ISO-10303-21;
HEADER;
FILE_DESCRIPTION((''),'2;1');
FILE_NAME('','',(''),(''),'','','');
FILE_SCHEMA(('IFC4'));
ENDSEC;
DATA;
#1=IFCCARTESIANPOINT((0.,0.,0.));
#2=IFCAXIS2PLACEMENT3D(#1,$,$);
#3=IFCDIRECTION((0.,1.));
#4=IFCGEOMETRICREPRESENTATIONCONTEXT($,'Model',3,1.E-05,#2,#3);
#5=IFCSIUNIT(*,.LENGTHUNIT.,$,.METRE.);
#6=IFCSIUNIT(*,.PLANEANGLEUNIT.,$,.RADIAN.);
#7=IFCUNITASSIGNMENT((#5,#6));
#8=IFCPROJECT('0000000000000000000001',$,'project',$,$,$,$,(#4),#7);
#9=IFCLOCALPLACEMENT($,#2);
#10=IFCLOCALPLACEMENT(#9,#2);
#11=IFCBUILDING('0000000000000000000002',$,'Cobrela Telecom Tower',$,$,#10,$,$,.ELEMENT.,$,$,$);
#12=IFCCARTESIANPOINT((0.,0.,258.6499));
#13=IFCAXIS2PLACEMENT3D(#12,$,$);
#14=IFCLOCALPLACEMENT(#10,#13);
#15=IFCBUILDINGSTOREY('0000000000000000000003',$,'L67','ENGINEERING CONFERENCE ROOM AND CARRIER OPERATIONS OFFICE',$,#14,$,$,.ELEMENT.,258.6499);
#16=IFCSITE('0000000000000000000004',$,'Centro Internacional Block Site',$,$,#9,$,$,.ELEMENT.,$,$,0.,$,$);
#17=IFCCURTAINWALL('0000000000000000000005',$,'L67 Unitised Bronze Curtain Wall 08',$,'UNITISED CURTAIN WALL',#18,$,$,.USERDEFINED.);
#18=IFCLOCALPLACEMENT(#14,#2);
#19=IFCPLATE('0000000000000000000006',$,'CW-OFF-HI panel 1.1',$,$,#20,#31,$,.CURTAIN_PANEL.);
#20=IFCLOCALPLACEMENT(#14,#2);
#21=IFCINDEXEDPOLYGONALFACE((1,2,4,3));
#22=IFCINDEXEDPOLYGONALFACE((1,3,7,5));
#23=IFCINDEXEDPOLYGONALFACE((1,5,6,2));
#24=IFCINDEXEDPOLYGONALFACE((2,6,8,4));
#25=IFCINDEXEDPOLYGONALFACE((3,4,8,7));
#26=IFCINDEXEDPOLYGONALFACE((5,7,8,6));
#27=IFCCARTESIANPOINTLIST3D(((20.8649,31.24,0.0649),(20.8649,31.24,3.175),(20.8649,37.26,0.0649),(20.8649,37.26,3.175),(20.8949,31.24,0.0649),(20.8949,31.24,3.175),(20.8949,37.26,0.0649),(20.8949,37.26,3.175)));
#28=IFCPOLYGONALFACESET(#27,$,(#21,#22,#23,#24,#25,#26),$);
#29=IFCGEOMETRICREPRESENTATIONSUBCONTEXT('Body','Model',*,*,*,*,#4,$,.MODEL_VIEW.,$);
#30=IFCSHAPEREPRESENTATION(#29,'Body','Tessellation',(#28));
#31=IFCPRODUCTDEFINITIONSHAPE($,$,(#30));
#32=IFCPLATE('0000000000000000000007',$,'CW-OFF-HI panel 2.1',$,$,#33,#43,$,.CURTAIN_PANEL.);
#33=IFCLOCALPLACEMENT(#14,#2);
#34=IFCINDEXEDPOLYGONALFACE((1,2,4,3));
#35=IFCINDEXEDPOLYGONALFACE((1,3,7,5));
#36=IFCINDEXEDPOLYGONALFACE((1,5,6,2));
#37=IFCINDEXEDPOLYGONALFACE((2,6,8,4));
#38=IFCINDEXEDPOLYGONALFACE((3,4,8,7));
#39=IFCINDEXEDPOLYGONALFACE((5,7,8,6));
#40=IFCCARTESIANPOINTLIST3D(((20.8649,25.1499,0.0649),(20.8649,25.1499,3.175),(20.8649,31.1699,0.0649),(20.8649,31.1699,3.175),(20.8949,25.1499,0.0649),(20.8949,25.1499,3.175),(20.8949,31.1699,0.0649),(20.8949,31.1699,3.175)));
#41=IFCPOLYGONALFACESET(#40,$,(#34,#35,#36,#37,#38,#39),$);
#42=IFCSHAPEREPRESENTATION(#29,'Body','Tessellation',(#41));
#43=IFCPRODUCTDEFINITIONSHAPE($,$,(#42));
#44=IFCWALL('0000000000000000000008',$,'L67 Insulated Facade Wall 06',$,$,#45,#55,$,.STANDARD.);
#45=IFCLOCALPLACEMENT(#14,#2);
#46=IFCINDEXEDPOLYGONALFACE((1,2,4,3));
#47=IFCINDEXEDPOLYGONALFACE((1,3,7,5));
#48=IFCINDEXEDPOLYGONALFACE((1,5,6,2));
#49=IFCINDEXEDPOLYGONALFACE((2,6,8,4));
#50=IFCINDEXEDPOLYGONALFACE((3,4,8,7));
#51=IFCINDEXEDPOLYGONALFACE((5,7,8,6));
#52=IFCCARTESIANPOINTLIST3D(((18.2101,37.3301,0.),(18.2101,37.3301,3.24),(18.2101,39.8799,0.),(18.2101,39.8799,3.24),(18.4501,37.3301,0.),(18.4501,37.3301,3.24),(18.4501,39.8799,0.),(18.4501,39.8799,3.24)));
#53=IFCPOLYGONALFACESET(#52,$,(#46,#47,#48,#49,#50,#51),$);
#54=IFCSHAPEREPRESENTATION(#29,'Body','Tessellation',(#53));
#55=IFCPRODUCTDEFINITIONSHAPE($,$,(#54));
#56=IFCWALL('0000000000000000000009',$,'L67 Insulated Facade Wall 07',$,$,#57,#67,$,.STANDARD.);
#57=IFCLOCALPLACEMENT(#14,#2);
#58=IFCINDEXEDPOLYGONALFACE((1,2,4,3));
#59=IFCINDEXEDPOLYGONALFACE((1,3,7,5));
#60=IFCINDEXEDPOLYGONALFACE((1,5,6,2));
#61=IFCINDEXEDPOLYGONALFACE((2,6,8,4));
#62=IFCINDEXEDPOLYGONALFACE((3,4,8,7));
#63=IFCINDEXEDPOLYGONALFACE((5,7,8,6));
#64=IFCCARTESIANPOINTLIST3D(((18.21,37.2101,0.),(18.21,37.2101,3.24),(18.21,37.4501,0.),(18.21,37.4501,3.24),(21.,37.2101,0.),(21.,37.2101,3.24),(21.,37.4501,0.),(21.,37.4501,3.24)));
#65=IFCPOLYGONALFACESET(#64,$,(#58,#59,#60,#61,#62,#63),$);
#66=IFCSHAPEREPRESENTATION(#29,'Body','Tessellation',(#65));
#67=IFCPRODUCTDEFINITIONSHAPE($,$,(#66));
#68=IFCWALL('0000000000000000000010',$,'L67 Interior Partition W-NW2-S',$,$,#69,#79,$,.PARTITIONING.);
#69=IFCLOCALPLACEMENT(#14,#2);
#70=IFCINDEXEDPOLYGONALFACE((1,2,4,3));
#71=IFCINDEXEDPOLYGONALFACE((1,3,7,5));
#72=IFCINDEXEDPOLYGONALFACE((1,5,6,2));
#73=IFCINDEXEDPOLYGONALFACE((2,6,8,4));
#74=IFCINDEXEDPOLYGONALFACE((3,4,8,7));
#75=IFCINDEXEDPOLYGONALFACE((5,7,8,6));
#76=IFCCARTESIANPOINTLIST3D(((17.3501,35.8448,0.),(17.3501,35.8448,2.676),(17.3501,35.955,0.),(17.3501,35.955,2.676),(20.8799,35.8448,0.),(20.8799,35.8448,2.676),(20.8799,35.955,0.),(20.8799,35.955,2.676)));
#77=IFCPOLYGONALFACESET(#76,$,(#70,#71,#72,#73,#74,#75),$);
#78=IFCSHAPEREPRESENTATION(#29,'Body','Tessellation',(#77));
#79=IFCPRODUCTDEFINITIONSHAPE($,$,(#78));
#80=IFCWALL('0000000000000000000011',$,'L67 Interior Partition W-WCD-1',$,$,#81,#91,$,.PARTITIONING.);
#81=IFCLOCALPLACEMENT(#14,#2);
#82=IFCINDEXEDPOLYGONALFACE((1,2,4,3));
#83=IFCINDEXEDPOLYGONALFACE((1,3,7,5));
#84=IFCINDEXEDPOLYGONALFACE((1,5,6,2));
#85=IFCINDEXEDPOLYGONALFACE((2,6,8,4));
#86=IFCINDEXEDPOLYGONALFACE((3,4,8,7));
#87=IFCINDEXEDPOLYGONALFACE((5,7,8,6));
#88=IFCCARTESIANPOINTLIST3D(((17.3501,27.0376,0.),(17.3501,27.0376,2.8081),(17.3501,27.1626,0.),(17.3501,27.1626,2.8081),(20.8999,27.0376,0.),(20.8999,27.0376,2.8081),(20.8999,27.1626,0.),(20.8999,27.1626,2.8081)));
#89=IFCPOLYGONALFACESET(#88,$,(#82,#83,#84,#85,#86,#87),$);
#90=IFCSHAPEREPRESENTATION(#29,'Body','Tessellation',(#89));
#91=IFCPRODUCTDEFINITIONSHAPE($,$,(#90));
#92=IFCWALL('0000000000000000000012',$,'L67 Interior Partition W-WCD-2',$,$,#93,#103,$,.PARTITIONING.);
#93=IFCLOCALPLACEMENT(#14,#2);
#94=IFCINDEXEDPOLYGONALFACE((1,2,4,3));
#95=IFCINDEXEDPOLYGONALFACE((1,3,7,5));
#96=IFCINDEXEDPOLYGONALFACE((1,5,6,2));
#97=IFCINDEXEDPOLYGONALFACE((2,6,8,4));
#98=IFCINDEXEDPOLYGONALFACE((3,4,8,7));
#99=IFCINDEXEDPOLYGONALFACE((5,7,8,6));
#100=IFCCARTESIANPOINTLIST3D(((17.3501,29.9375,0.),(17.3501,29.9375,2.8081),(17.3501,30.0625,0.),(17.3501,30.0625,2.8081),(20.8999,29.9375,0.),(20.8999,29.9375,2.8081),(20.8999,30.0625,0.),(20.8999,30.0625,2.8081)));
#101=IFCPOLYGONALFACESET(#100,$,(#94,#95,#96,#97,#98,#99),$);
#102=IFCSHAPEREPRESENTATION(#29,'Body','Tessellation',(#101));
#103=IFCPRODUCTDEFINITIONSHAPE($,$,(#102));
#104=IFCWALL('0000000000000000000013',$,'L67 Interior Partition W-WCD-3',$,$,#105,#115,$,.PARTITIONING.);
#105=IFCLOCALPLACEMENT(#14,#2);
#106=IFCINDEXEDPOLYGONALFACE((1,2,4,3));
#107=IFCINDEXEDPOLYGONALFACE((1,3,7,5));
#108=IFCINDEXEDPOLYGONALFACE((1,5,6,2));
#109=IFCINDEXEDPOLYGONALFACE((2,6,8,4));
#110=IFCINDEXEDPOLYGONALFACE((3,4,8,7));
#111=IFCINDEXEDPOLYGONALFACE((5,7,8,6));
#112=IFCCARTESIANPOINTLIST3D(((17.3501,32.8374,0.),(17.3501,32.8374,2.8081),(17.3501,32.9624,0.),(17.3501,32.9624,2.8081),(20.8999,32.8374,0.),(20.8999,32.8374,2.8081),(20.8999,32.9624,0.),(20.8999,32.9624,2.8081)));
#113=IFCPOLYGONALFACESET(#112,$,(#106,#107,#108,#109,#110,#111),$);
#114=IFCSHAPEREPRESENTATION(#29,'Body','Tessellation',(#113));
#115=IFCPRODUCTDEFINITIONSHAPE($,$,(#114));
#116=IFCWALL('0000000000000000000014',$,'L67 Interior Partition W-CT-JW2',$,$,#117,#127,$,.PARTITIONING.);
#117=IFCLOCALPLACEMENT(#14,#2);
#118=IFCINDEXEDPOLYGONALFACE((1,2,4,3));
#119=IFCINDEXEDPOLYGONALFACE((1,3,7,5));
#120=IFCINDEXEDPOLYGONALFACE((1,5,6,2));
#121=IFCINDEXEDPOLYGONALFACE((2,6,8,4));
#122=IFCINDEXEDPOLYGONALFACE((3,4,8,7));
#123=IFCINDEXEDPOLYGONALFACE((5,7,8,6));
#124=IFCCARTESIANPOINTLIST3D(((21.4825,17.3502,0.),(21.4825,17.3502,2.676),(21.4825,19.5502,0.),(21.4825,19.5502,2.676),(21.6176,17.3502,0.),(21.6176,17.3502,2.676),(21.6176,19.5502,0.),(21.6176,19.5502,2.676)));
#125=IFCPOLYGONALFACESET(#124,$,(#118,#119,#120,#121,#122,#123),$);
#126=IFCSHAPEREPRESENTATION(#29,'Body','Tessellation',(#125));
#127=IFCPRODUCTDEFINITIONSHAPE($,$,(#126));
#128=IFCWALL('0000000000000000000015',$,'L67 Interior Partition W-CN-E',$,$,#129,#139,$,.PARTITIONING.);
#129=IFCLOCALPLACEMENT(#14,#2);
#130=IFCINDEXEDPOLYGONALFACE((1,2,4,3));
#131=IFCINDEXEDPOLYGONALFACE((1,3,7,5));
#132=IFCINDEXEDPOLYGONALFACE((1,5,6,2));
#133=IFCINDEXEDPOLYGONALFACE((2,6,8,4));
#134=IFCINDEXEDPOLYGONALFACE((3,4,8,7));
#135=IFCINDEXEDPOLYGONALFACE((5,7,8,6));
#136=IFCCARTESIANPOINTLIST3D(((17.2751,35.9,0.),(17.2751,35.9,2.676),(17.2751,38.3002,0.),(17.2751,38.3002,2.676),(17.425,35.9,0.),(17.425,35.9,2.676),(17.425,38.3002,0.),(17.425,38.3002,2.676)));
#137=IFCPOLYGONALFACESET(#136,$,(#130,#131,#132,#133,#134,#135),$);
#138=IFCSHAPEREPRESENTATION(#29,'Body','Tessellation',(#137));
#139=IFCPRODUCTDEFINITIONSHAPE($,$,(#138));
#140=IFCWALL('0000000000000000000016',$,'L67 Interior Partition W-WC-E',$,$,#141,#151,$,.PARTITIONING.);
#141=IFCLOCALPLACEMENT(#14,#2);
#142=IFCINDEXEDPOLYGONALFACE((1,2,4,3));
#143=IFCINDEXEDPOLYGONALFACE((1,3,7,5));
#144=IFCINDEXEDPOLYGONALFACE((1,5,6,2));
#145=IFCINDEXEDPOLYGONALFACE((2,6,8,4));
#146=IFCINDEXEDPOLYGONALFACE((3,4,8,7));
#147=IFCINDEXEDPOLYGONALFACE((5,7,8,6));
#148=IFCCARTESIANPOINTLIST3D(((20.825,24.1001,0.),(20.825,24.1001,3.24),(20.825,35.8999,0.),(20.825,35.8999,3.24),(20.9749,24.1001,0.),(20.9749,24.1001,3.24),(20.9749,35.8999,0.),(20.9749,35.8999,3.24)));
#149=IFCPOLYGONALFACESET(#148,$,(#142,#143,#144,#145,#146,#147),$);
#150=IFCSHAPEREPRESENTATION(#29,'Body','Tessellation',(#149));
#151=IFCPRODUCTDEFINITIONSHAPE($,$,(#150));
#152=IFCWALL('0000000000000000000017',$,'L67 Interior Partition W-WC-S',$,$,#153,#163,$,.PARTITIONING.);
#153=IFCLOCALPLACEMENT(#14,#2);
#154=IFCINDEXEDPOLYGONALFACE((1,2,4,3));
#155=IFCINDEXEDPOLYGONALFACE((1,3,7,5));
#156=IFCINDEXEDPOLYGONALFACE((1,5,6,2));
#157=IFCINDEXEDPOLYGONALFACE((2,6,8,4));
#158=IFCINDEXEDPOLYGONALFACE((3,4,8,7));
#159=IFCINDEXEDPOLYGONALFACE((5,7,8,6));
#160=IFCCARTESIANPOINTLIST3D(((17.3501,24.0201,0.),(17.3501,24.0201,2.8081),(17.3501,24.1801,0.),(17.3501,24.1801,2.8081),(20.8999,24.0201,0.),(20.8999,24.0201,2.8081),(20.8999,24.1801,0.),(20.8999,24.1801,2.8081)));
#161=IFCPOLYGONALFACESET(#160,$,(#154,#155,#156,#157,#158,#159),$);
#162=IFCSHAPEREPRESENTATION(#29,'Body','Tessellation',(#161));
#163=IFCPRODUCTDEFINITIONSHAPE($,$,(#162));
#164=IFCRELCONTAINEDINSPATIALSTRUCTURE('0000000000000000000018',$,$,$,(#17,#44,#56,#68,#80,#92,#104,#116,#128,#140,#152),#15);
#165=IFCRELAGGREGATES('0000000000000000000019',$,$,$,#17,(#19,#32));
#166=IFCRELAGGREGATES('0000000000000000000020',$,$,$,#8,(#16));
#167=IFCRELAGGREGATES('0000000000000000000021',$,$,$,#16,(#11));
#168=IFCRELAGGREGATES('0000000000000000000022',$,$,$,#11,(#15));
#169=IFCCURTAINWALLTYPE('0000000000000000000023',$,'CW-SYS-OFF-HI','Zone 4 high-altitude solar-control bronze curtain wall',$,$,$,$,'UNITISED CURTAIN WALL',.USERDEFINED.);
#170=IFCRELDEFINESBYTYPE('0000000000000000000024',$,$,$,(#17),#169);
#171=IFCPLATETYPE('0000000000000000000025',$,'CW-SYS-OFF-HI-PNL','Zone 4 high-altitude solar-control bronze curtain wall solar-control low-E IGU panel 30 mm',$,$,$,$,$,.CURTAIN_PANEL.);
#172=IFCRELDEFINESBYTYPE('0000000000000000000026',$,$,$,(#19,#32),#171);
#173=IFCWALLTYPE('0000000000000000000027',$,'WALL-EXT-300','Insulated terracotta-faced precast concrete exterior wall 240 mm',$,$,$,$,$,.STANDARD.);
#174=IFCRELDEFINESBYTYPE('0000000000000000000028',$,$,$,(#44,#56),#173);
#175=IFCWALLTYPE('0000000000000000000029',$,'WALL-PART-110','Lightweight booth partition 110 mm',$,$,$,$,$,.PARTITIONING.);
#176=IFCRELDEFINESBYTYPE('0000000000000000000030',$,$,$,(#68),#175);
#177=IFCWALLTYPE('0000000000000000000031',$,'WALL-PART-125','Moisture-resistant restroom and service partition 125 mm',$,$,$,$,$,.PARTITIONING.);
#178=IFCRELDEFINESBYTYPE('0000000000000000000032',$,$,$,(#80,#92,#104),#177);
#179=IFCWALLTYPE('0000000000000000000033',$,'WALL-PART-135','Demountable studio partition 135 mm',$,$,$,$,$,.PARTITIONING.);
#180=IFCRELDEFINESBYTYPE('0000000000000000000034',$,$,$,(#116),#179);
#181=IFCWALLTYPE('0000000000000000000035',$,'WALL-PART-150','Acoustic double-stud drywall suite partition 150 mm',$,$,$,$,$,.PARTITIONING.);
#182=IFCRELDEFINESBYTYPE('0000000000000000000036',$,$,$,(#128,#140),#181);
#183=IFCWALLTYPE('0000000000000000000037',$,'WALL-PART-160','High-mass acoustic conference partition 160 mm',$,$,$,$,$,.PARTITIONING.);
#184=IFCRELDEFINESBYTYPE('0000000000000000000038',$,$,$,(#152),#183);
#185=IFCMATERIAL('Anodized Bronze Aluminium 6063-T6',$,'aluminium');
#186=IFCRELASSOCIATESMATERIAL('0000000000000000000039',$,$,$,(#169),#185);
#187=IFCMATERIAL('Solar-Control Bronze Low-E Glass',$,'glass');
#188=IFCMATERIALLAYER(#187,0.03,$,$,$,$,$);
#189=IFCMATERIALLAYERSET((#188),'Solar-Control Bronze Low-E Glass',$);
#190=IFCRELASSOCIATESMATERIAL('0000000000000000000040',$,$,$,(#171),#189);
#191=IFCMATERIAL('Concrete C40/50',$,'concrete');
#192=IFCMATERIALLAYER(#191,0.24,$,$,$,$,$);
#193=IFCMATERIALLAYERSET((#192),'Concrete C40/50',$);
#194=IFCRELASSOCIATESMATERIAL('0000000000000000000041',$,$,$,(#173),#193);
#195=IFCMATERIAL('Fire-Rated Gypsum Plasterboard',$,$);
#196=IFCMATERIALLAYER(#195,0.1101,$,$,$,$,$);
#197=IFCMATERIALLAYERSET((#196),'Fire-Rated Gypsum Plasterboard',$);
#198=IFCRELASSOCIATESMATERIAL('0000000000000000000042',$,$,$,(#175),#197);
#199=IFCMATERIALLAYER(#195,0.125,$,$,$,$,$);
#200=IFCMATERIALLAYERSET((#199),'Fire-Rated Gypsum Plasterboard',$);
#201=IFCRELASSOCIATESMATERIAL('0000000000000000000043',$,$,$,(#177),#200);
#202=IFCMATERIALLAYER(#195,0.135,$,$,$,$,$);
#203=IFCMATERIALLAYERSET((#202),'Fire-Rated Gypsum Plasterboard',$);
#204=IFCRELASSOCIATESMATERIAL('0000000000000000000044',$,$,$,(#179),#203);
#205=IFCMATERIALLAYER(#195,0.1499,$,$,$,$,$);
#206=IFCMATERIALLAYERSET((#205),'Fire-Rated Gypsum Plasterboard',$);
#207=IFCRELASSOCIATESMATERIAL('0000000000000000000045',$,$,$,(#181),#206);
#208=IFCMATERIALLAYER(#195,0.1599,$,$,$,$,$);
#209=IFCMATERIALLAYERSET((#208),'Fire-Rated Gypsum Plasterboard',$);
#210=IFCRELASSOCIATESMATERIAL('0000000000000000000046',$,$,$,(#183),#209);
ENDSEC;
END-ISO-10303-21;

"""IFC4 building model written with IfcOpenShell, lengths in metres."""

from ifc_helpers import new_model, si_unit, direction, frame, frame_2d, origin, origin_2d, place, context, subcontext, project, spatial, rectangle, extrude, material, layer, layer_set, type_object, element, aggregate, save


model = new_model("IFC4")

# Units and contexts
model_context = context("Model", 3, precision=1e-05, world=origin(), true_north=direction((0.0, 1.0)))
body_context = subcontext(model_context, "Body", "Model", "MODEL_VIEW")
ifc_project = project(units=[si_unit("LENGTHUNIT", "METRE"), si_unit("PLANEANGLEUNIT", "RADIAN")], contexts=[model_context])

# Site, building, storey
site_placement = place(None, origin())
site = spatial("IfcSite", under=ifc_project, at=site_placement, Name="Centro Internacional Block Site", CompositionType="ELEMENT", RefElevation=0.0)
building_placement = place(site_placement, origin())
building = spatial("IfcBuilding", under=site, at=building_placement, Name="Cobrela Telecom Tower", CompositionType="ELEMENT")
storey_placement = place(building_placement, frame((0.0, 0.0, 258.6499)))
storey = spatial("IfcBuildingStorey", under=building, at=storey_placement, Name="L67", Description="ENGINEERING CONFERENCE ROOM AND CARRIER OPERATIONS OFFICE", CompositionType="ELEMENT", Elevation=258.6499)

# Shared definitions
ifc_material_1 = material(Name="Anodized Bronze Aluminium 6063-T6", Category="aluminium")
curtain_wall_type = type_object("IfcCurtainWallType", Name="CW-SYS-OFF-HI", Description="Zone 4 high-altitude solar-control bronze curtain wall", ElementType="UNITISED CURTAIN WALL", PredefinedType="USERDEFINED", material=ifc_material_1)

# Curtain wall
curtain_wall_1_placement = place(storey_placement, origin())
curtain_wall_1 = element("IfcCurtainWall", 1, at=curtain_wall_1_placement, inside=storey, type_object=curtain_wall_type, Name="L67 Unitised Bronze Curtain Wall 08", ObjectType="UNITISED CURTAIN WALL", PredefinedType="USERDEFINED")

# Plates
ifc_material_2 = material(Name="Solar-Control Bronze Low-E Glass", Category="glass")
ifc_layer_1 = layer(ifc_material_2, 0.03)
ifc_layer_set_1 = layer_set([ifc_layer_1], Name="Solar-Control Bronze Low-E Glass")
plate_type = type_object("IfcPlateType", Name="CW-SYS-OFF-HI-PNL", Description="Zone 4 high-altitude solar-control bronze curtain wall solar-control low-E IGU panel 30 mm", PredefinedType="CURTAIN_PANEL", material=ifc_layer_set_1)
plate_1_placement = place(storey_placement, frame((20.8799, 34.25, 0.0649), z_axis=(0.0, 0.0, 1.0), x_axis=(0.0, -1.0, 0.0)))
plate_1 = element("IfcPlate", 2, at=plate_1_placement, type_object=plate_type, Name="CW-OFF-HI panel 1.1", PredefinedType="CURTAIN_PANEL", context=body_context, shape_type="SweptSolid", body=[
    extrude(rectangle(XDim=6.02, YDim=0.03, at=origin_2d()), origin(), (0.0, 0.0, 1.0), 3.1101),
])
plate_2_placement = place(storey_placement, frame((20.8799, 28.1599, 0.0649), z_axis=(0.0, 0.0, 1.0), x_axis=(0.0, -1.0, 0.0)))
plate_2 = element("IfcPlate", 3, at=plate_2_placement, type_object=plate_type, Name="CW-OFF-HI panel 2.1", PredefinedType="CURTAIN_PANEL", context=body_context, shape_type="SweptSolid", body=[
    extrude(rectangle(XDim=6.02, YDim=0.03, at=origin_2d()), origin(), (0.0, 0.0, 1.0), 3.1101),
])
aggregate(curtain_wall_1, [plate_1, plate_2])

# Walls
ifc_material_3 = material(Name="Concrete C40/50", Category="concrete")
ifc_layer_2 = layer(ifc_material_3, 0.24)
ifc_layer_set_2 = layer_set([ifc_layer_2], Name="Concrete C40/50")
wall_type_1 = type_object("IfcWallType", Name="WALL-EXT-300", Description="Insulated terracotta-faced precast concrete exterior wall 240 mm", PredefinedType="STANDARD", material=ifc_layer_set_2)
wall_1_placement = place(storey_placement, frame((18.3301, 39.8799, 0.0), z_axis=(0.0, 0.0, 1.0), x_axis=(0.0, -1.0, 0.0)))
element("IfcWall", 4, at=wall_1_placement, inside=storey, type_object=wall_type_1, Name="L67 Insulated Facade Wall 06", PredefinedType="STANDARD", context=body_context, shape_type="SweptSolid", body=[
    extrude(rectangle(XDim=2.5498, YDim=0.24, at=frame_2d((1.2749, 0.0))), origin(), (0.0, 0.0, 1.0), 3.24),
])
wall_2_placement = place(storey_placement, frame((18.21, 37.3301, 0.0), z_axis=(0.0, 0.0, 1.0), x_axis=(1.0, 0.0, 0.0)))
element("IfcWall", 5, at=wall_2_placement, inside=storey, type_object=wall_type_1, Name="L67 Insulated Facade Wall 07", PredefinedType="STANDARD", context=body_context, shape_type="SweptSolid", body=[
    extrude(rectangle(XDim=2.79, YDim=0.24, at=frame_2d((1.395, 0.0))), origin(), (0.0, 0.0, 1.0), 3.24),
])
ifc_material_4 = material(Name="Fire-Rated Gypsum Plasterboard")
ifc_layer_3 = layer(ifc_material_4, 0.1101)
ifc_layer_set_3 = layer_set([ifc_layer_3], Name="Fire-Rated Gypsum Plasterboard")
wall_type_2 = type_object("IfcWallType", Name="WALL-PART-110", Description="Lightweight booth partition 110 mm", PredefinedType="PARTITIONING", material=ifc_layer_set_3)
wall_3_placement = place(storey_placement, frame((17.3501, 35.8999, 0.0), z_axis=(0.0, 0.0, 1.0), x_axis=(1.0, 0.0, 0.0)))
element("IfcWall", 6, at=wall_3_placement, inside=storey, type_object=wall_type_2, Name="L67 Interior Partition W-NW2-S", PredefinedType="PARTITIONING", context=body_context, shape_type="SweptSolid", body=[
    extrude(rectangle(XDim=3.5298, YDim=0.1101, at=frame_2d((1.7649, 0.0))), origin(), (0.0, 0.0, 1.0), 2.676),
])
ifc_layer_4 = layer(ifc_material_4, 0.125)
ifc_layer_set_4 = layer_set([ifc_layer_4], Name="Fire-Rated Gypsum Plasterboard")
wall_type_3 = type_object("IfcWallType", Name="WALL-PART-125", Description="Moisture-resistant restroom and service partition 125 mm", PredefinedType="PARTITIONING", material=ifc_layer_set_4)
for number, where, z_axis, x_axis, name in (
    (7, (17.3501, 27.1001, 0.0), (0.0, 0.0, 1.0), (1.0, 0.0, 0.0), "L67 Interior Partition W-WCD-1"),
    (8, (17.3501, 30.0, 0.0), (0.0, 0.0, 1.0), (1.0, 0.0, 0.0), "L67 Interior Partition W-WCD-2"),
    (9, (17.3501, 32.8999, 0.0), (0.0, 0.0, 1.0), (1.0, 0.0, 0.0), "L67 Interior Partition W-WCD-3"),
):
    element("IfcWall", number, at=place(storey_placement, frame(where, z_axis=z_axis, x_axis=x_axis)), inside=storey, type_object=wall_type_3, Name=name, PredefinedType="PARTITIONING", context=body_context, shape_type="SweptSolid", body=[
        extrude(rectangle(XDim=3.5498, YDim=0.125, at=frame_2d((1.7749, 0.0))), origin(), (0.0, 0.0, 1.0), 2.8081),
    ])

# Shared definitions
ifc_layer_5 = layer(ifc_material_4, 0.135)
ifc_layer_set_5 = layer_set([ifc_layer_5], Name="Fire-Rated Gypsum Plasterboard")
wall_type_4 = type_object("IfcWallType", Name="WALL-PART-135", Description="Demountable studio partition 135 mm", PredefinedType="PARTITIONING", material=ifc_layer_set_5)

# Walls
wall_4_placement = place(storey_placement, frame((21.55, 17.3501, 0.0), z_axis=(0.0, 0.0, 1.0), x_axis=(0.0, 1.0, 0.0)))
element("IfcWall", 10, at=wall_4_placement, inside=storey, type_object=wall_type_4, Name="L67 Interior Partition W-CT-JW2", PredefinedType="PARTITIONING", context=body_context, shape_type="SweptSolid", body=[
    extrude(rectangle(XDim=2.2, YDim=0.135, at=frame_2d((1.1001, 0.0))), origin(), (0.0, 0.0, 1.0), 2.676),
])
ifc_layer_6 = layer(ifc_material_4, 0.1499)
ifc_layer_set_6 = layer_set([ifc_layer_6], Name="Fire-Rated Gypsum Plasterboard")
wall_type_5 = type_object("IfcWallType", Name="WALL-PART-150", Description="Acoustic double-stud drywall suite partition 150 mm", PredefinedType="PARTITIONING", material=ifc_layer_set_6)
wall_5_placement = place(storey_placement, frame((17.3501, 35.8999, 0.0), z_axis=(0.0, 0.0, 1.0), x_axis=(0.0, 1.0, 0.0)))
element("IfcWall", 11, at=wall_5_placement, inside=storey, type_object=wall_type_5, Name="L67 Interior Partition W-CN-E", PredefinedType="PARTITIONING", context=body_context, shape_type="SweptSolid", body=[
    extrude(rectangle(XDim=2.4001, YDim=0.1499, at=frame_2d((1.2002, 0.0))), origin(), (0.0, 0.0, 1.0), 2.676),
])
wall_6_placement = place(storey_placement, frame((20.8999, 24.1001, 0.0), z_axis=(0.0, 0.0, 1.0), x_axis=(0.0, 1.0, 0.0)))
element("IfcWall", 12, at=wall_6_placement, inside=storey, type_object=wall_type_5, Name="L67 Interior Partition W-WC-E", PredefinedType="PARTITIONING", context=body_context, shape_type="SweptSolid", body=[
    extrude(rectangle(XDim=11.7998, YDim=0.1499, at=frame_2d((5.8999, 0.0))), origin(), (0.0, 0.0, 1.0), 3.24),
])
ifc_layer_7 = layer(ifc_material_4, 0.1599)
ifc_layer_set_7 = layer_set([ifc_layer_7], Name="Fire-Rated Gypsum Plasterboard")
wall_type_6 = type_object("IfcWallType", Name="WALL-PART-160", Description="High-mass acoustic conference partition 160 mm", PredefinedType="PARTITIONING", material=ifc_layer_set_7)
wall_7_placement = place(storey_placement, frame((17.3501, 24.1001, 0.0), z_axis=(0.0, 0.0, 1.0), x_axis=(1.0, 0.0, 0.0)))
element("IfcWall", 13, at=wall_7_placement, inside=storey, type_object=wall_type_6, Name="L67 Interior Partition W-WC-S", PredefinedType="PARTITIONING", context=body_context, shape_type="SweptSolid", body=[
    extrude(rectangle(XDim=3.5498, YDim=0.1599, at=frame_2d((1.7749, 0.0))), origin(), (0.0, 0.0, 1.0), 2.8081),
])

save(model, "model.ifc")
